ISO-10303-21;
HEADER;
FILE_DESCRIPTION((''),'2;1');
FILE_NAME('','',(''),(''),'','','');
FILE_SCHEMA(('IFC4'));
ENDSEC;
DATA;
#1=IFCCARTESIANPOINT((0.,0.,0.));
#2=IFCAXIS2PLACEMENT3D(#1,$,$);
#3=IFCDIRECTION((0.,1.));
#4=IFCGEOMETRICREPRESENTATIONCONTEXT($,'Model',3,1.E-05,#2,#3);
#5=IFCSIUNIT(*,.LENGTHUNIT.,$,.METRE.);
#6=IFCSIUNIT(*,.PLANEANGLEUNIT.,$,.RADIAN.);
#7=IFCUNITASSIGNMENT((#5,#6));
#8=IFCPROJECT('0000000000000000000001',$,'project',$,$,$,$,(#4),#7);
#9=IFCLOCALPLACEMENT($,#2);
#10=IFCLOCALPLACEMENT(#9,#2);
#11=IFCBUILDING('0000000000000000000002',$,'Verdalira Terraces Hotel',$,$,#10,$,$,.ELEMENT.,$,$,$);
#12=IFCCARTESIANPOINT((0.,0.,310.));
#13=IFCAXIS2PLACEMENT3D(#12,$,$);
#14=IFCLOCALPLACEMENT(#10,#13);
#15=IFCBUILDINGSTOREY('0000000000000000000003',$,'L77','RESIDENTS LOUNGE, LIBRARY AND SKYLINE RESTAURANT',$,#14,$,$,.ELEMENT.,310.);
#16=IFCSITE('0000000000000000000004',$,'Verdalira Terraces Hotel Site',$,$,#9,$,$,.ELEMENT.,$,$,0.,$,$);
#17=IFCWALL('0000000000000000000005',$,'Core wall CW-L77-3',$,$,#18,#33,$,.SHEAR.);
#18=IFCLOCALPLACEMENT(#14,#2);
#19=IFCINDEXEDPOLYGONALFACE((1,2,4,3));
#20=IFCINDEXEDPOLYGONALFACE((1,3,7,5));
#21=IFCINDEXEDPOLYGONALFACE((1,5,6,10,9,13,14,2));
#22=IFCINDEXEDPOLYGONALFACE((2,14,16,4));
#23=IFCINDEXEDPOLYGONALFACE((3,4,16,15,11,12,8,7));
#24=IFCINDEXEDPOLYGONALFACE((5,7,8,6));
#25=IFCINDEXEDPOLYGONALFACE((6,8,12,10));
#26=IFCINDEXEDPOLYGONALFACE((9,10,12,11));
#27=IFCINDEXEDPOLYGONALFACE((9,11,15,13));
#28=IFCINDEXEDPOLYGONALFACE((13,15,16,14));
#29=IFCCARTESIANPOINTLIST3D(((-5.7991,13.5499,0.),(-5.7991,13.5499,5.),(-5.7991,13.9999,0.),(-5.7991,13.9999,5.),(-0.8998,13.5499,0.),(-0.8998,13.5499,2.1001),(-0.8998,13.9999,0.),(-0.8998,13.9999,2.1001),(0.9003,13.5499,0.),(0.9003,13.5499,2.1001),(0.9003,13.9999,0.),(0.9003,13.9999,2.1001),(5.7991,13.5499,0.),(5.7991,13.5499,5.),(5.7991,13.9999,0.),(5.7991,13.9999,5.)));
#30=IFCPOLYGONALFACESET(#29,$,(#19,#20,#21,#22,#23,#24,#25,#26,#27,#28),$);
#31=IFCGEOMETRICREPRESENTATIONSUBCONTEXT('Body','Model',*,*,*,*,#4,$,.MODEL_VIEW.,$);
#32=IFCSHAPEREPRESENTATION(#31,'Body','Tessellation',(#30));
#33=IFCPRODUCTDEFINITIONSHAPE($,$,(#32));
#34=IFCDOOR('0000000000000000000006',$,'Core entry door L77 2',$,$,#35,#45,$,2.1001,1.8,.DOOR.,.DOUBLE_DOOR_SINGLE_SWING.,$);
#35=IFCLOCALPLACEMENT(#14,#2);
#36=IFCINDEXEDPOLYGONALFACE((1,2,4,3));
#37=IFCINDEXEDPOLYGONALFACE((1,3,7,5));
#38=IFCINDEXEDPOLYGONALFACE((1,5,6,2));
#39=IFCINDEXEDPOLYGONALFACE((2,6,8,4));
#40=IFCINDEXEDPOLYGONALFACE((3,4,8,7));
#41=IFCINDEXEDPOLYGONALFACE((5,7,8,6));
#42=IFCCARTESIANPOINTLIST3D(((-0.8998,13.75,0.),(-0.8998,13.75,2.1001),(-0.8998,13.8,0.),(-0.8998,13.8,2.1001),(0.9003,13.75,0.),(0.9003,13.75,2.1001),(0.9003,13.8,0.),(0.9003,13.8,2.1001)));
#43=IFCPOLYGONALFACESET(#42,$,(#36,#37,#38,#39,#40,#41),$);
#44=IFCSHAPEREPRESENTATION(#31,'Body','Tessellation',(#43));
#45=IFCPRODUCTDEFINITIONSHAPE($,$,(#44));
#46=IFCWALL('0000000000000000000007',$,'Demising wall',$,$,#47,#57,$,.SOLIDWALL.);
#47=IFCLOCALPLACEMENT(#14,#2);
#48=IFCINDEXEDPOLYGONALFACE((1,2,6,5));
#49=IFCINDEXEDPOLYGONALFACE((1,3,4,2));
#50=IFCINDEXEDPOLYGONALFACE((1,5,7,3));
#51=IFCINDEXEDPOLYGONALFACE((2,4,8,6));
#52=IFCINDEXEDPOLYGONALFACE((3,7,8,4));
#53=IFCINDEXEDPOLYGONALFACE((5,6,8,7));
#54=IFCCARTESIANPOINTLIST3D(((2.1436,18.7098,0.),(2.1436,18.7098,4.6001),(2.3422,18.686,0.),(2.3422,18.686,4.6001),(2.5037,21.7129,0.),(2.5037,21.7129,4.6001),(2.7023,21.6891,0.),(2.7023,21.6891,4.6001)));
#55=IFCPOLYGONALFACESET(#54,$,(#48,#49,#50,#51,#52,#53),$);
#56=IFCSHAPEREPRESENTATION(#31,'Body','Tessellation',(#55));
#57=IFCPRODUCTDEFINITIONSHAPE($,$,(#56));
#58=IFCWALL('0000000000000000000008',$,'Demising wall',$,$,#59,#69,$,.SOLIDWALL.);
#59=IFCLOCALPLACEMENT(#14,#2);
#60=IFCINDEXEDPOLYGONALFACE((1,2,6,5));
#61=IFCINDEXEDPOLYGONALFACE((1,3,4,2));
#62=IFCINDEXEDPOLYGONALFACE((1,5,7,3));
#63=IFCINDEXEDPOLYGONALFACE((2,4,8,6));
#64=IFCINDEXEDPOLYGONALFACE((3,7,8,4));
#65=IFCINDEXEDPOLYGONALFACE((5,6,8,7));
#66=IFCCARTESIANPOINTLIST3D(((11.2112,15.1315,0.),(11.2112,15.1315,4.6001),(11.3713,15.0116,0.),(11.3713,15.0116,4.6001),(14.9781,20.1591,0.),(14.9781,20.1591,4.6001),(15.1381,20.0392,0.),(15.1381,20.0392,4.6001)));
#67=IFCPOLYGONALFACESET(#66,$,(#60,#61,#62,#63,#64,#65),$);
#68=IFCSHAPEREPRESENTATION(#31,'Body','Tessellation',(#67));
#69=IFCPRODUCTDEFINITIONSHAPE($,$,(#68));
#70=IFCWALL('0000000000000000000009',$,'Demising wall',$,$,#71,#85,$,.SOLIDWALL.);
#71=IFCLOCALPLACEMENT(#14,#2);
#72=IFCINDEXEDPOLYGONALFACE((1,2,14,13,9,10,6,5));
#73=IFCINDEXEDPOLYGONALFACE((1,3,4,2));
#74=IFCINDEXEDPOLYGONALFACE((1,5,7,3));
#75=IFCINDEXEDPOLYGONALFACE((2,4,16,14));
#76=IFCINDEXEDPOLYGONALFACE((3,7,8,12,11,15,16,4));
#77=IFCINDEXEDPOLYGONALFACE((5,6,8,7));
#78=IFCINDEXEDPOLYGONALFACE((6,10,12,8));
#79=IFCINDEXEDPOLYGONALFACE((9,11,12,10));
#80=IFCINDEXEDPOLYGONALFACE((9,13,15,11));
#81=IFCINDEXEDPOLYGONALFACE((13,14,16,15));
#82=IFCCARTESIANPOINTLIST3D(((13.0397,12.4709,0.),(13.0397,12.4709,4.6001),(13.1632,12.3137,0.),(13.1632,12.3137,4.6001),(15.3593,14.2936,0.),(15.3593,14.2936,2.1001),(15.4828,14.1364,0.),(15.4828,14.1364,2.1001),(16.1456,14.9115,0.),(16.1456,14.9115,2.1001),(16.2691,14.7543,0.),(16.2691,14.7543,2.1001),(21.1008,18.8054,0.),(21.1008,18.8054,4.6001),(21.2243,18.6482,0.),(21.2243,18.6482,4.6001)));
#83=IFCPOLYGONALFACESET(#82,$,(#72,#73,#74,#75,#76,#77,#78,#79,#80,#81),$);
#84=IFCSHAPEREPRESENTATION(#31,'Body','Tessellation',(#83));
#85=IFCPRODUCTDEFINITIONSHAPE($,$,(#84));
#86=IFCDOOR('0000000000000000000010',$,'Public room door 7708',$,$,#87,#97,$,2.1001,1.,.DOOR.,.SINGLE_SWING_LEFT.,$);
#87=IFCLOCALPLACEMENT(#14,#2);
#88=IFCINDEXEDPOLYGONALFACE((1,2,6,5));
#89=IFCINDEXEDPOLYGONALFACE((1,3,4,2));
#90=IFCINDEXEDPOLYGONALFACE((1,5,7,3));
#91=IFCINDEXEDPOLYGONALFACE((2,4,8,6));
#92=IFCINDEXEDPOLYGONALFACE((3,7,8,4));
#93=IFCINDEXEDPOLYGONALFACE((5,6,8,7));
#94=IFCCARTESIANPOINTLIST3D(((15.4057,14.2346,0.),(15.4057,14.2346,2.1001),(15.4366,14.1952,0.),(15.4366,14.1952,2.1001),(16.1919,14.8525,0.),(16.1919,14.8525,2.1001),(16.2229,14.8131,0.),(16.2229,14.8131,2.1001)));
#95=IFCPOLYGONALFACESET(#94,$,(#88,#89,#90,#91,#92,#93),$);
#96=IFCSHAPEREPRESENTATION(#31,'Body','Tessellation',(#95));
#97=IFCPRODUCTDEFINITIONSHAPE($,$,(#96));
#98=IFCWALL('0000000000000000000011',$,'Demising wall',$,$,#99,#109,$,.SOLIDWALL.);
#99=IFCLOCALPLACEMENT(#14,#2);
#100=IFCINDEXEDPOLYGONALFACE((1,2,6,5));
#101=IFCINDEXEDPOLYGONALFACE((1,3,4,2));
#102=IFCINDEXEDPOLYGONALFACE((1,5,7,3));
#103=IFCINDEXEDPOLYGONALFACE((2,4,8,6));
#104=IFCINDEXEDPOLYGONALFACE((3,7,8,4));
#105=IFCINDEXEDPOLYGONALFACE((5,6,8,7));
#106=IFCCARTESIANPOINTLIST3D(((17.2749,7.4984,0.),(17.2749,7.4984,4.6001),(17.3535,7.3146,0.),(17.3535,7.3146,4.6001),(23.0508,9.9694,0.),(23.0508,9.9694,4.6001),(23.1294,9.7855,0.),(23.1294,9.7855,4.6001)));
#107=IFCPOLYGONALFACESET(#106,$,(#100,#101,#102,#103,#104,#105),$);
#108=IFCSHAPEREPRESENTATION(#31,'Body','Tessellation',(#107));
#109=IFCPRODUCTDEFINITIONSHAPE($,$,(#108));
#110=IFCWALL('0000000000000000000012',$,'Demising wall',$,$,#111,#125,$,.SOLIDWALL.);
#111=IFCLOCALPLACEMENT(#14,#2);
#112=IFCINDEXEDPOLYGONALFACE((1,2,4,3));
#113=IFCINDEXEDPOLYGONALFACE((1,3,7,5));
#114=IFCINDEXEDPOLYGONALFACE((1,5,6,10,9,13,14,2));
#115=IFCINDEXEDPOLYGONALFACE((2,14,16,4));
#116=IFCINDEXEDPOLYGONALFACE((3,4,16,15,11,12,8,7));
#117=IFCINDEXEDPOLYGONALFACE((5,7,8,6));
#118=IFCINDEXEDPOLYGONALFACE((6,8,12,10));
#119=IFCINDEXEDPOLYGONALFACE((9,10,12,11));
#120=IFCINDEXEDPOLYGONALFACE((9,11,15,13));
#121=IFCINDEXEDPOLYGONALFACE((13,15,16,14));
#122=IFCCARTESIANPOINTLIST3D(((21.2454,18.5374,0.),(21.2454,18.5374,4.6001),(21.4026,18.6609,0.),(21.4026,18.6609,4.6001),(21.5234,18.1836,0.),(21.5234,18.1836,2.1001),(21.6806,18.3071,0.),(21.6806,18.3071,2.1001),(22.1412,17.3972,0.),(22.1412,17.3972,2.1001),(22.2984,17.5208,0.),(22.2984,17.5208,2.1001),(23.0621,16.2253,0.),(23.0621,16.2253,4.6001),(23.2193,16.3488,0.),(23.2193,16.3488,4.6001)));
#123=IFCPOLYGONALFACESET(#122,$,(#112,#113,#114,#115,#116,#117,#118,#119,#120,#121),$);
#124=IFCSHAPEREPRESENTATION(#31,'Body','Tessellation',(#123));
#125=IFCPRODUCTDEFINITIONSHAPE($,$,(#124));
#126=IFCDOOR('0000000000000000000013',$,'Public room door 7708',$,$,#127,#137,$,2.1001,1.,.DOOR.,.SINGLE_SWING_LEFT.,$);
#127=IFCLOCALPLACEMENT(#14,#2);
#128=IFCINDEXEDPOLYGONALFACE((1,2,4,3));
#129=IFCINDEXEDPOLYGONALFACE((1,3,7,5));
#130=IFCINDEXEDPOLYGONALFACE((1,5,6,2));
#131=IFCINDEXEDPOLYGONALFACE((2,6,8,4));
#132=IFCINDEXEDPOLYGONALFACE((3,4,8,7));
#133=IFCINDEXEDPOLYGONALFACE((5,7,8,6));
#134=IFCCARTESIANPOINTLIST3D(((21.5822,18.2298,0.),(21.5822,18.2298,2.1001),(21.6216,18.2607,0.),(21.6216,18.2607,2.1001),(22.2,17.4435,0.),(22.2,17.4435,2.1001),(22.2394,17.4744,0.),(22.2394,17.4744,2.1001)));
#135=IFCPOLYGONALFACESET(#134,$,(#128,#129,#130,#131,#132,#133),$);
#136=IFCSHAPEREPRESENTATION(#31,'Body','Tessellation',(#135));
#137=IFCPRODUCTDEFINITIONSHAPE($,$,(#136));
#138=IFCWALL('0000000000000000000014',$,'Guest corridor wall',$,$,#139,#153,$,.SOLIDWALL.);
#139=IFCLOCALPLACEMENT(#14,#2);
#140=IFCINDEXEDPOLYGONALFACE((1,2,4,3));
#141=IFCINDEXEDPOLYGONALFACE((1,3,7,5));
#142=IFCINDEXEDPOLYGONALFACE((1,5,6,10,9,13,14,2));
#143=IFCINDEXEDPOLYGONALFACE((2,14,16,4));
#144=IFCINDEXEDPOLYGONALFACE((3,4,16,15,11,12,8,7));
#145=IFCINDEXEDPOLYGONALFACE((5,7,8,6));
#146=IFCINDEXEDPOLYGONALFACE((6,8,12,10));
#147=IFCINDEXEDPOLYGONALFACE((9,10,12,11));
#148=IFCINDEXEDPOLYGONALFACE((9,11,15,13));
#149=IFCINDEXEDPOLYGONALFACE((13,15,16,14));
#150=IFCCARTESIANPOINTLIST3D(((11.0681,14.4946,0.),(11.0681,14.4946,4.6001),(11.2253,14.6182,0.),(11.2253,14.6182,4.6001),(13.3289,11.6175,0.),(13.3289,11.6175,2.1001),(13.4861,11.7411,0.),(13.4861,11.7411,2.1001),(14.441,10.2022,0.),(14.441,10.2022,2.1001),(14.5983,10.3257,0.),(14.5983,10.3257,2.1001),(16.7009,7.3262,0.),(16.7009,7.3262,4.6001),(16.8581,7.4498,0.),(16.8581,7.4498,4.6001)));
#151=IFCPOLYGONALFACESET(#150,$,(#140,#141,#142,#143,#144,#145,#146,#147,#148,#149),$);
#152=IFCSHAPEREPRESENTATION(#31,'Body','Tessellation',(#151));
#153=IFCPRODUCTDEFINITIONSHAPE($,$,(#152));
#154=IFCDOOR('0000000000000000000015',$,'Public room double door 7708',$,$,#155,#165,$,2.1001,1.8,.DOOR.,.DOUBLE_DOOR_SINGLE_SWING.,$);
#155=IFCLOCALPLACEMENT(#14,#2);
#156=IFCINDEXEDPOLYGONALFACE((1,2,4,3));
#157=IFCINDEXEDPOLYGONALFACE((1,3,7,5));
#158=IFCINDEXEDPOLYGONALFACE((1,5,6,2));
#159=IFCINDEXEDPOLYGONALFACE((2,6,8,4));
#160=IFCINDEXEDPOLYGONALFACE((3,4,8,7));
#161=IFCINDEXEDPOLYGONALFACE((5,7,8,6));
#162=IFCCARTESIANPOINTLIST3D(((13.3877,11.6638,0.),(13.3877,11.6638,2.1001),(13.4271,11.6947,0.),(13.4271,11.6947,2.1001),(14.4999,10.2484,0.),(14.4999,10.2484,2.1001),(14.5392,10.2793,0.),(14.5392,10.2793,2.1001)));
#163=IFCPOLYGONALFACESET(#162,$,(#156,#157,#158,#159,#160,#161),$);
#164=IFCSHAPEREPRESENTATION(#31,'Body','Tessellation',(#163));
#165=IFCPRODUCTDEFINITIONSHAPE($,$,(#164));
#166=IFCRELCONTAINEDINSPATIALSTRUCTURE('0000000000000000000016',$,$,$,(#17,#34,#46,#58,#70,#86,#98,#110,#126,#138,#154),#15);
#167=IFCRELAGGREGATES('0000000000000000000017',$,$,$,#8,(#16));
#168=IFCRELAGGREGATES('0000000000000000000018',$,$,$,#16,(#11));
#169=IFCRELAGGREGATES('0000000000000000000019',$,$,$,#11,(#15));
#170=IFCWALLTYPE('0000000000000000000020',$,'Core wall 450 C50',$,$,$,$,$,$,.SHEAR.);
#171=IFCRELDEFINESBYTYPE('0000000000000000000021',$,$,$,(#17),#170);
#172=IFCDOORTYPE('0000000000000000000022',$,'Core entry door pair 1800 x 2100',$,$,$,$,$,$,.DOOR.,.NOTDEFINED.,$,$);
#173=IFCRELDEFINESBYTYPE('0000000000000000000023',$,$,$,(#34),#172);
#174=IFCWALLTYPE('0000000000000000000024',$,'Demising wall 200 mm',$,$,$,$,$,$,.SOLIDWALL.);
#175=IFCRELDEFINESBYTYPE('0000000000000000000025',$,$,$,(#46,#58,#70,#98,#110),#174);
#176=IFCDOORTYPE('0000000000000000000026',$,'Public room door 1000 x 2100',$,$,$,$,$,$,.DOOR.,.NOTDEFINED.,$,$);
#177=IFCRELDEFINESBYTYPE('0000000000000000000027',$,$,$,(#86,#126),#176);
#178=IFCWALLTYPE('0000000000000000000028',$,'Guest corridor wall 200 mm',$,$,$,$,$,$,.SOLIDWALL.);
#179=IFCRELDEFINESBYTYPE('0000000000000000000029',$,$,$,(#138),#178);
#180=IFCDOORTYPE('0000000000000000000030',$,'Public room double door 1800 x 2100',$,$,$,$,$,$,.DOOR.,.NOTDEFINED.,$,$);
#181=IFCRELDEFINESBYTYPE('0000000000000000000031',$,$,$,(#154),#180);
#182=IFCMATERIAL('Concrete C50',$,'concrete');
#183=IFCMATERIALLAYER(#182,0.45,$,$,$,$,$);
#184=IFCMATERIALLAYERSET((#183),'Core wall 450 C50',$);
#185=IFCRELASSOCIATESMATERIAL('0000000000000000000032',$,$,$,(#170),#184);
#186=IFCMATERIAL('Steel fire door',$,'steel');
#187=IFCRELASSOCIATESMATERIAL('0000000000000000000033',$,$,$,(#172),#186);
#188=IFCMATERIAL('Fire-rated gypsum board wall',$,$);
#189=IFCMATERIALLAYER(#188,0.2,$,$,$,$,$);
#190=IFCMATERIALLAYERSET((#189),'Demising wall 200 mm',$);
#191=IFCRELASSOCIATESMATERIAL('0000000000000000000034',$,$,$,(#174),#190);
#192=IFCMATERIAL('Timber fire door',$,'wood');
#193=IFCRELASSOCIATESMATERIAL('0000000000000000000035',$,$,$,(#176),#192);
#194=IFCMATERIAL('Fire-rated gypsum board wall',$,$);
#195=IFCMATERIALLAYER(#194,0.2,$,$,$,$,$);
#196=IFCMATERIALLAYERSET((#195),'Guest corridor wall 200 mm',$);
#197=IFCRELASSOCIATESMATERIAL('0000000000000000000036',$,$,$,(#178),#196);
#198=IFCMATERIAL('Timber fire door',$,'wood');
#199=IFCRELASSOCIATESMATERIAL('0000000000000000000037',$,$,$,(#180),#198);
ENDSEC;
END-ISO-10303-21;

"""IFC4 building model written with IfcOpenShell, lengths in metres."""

from ifc_helpers import new_model, si_unit, direction, frame, frame_2d, origin, place, context, subcontext, project, spatial, rectangle, extrude, material, layer, layer_set, type_object, element, fill, save


model = new_model("IFC4")

# Units and contexts
model_context = context("Model", 3, precision=1e-05, world=origin(), true_north=direction((0.0, 1.0)))
body_context = subcontext(model_context, "Body", "Model", "MODEL_VIEW")
ifc_project = project(units=[si_unit("LENGTHUNIT", "METRE"), si_unit("PLANEANGLEUNIT", "RADIAN")], contexts=[model_context])

# Site, building, storey
site_placement = place(None, origin())
site = spatial("IfcSite", under=ifc_project, at=site_placement, Name="Verdalira Terraces Hotel Site", CompositionType="ELEMENT", RefElevation=0.0)
building_placement = place(site_placement, origin())
building = spatial("IfcBuilding", under=site, at=building_placement, Name="Verdalira Terraces Hotel", CompositionType="ELEMENT")
storey_placement = place(building_placement, frame((0.0, 0.0, 310.0)))
storey = spatial("IfcBuildingStorey", under=building, at=storey_placement, Name="L77", Description="RESIDENTS LOUNGE, LIBRARY AND SKYLINE RESTAURANT", CompositionType="ELEMENT", Elevation=310.0)

# Wall, opening, door
ifc_material_1 = material(Name="Concrete C50", Category="concrete")
ifc_layer_1 = layer(ifc_material_1, 0.45)
ifc_layer_set_1 = layer_set([ifc_layer_1], Name="Core wall 450 C50")
wall_type_1 = type_object("IfcWallType", Name="Core wall 450 C50", PredefinedType="SHEAR", material=ifc_layer_set_1)
wall_1_placement = place(storey_placement, frame((5.7991, 13.7749, 0.0), z_axis=(0.0, 0.0, 1.0), x_axis=(-1.0, 0.0, 0.0)))
wall_1 = element("IfcWall", 1, at=wall_1_placement, inside=storey, type_object=wall_type_1, Name="Core wall CW-L77-3", PredefinedType="SHEAR", context=body_context, shape_type="SweptSolid", body=[
    extrude(rectangle(XDim=11.5981, YDim=0.45, at=frame_2d((5.7991, 0.0))), origin(), (0.0, 0.0, 1.0), 5.0),
])
opening_1_placement = place(wall_1_placement, frame((4.8989, 0.0, 0.0)))
opening_1 = element("IfcOpeningElement", 2, at=opening_1_placement, cuts=wall_1, PredefinedType="OPENING", context=body_context, shape_type="SweptSolid", body=[
    extrude(rectangle(XDim=1.8, YDim=2.1001, at=frame_2d((0.8999, 1.05))), frame((0.0, 0.2349, 0.0), z_axis=(0.0, -1.0, 0.0), x_axis=(1.0, 0.0, 0.0)), (0.0, 0.0, 1.0), 0.47),
])
ifc_material_2 = material(Name="Steel fire door", Category="steel")
door_type_1 = type_object("IfcDoorType", Name="Core entry door pair 1800 x 2100", OperationType="NOTDEFINED", PredefinedType="DOOR", material=ifc_material_2)
door_1_placement = place(opening_1_placement, origin())
door_1 = element("IfcDoor", 3, at=door_1_placement, inside=storey, type_object=door_type_1, Name="Core entry door L77 2", OperationType="DOUBLE_DOOR_SINGLE_SWING", OverallHeight=2.1001, OverallWidth=1.8, PredefinedType="DOOR", context=body_context, shape_type="SweptSolid", body=[
    extrude(rectangle(XDim=1.8, YDim=2.1001, at=frame_2d((0.8999, 1.05))), frame((0.0, 0.0249, 0.0), z_axis=(0.0, -1.0, 0.0), x_axis=(1.0, 0.0, 0.0)), (0.0, 0.0, 1.0), 0.05),
])
fill(opening_1, door_1)

# Walls
ifc_material_3 = material(Name="Fire-rated gypsum board wall")
ifc_layer_2 = layer(ifc_material_3, 0.2)
ifc_layer_set_2 = layer_set([ifc_layer_2], Name="Demising wall 200 mm")
wall_type_2 = type_object("IfcWallType", Name="Demising wall 200 mm", PredefinedType="SOLIDWALL", material=ifc_layer_set_2)
wall_2_placement = place(storey_placement, frame((2.2429, 18.698, 0.0), z_axis=(0.0, 0.0, 1.0), x_axis=(0.119056, 0.992888, 0.0)))
element("IfcWall", 4, at=wall_2_placement, inside=storey, type_object=wall_type_2, Name="Demising wall", PredefinedType="SOLIDWALL", context=body_context, shape_type="SweptSolid", body=[
    extrude(rectangle(XDim=3.0247, YDim=0.2, at=frame_2d((1.5122, 0.0))), origin(), (0.0, 0.0, 1.0), 4.6001),
])
wall_3_placement = place(storey_placement, frame((11.2913, 15.0715, 0.0), z_axis=(0.0, 0.0, 1.0), x_axis=(0.599608, 0.800294, 0.0)))
element("IfcWall", 5, at=wall_3_placement, inside=storey, type_object=wall_type_2, Name="Demising wall", PredefinedType="SOLIDWALL", context=body_context, shape_type="SweptSolid", body=[
    extrude(rectangle(XDim=6.2822, YDim=0.2, at=frame_2d((3.1411, 0.0))), origin(), (0.0, 0.0, 1.0), 4.6001),
])

# Wall, opening, door
wall_4_placement = place(storey_placement, frame((13.1016, 12.3923, 0.0), z_axis=(0.0, 0.0, 1.0), x_axis=(0.78628, 0.61787, 0.0)))
wall_4 = element("IfcWall", 6, at=wall_4_placement, inside=storey, type_object=wall_type_2, Name="Demising wall", PredefinedType="SOLIDWALL", context=body_context, shape_type="SweptSolid", body=[
    extrude(rectangle(XDim=10.2522, YDim=0.2, at=frame_2d((5.126, 0.0))), origin(), (0.0, 0.0, 1.0), 4.6001),
])
opening_2_placement = place(wall_4_placement, frame((2.95, 0.0, 0.0)))
opening_2 = element("IfcOpeningElement", 7, at=opening_2_placement, cuts=wall_4, PredefinedType="OPENING", context=body_context, shape_type="SweptSolid", body=[
    extrude(rectangle(XDim=1.0, YDim=2.1001, at=frame_2d((0.5, 1.05))), frame((0.0, 0.1099, 0.0), z_axis=(0.0, -1.0, 0.0), x_axis=(1.0, 0.0, 0.0)), (0.0, 0.0, 1.0), 0.22),
])
ifc_material_4 = material(Name="Timber fire door", Category="wood")
door_type_2 = type_object("IfcDoorType", Name="Public room door 1000 x 2100", OperationType="NOTDEFINED", PredefinedType="DOOR", material=ifc_material_4)
door_2_placement = place(opening_2_placement, origin())
door_2 = element("IfcDoor", 8, at=door_2_placement, inside=storey, type_object=door_type_2, Name="Public room door 7708", OperationType="SINGLE_SWING_LEFT", OverallHeight=2.1001, OverallWidth=1.0, PredefinedType="DOOR", context=body_context, shape_type="SweptSolid", body=[
    extrude(rectangle(XDim=1.0, YDim=2.1001, at=frame_2d((0.5, 1.05))), frame((0.0, 0.0249, 0.0), z_axis=(0.0, -1.0, 0.0), x_axis=(1.0, 0.0, 0.0)), (0.0, 0.0, 1.0), 0.05),
])
fill(opening_2, door_2)

# Wall
wall_5_placement = place(storey_placement, frame((23.0901, 9.8774, 0.0), z_axis=(0.0, 0.0, 1.0), x_axis=(-0.9194, -0.393324, 0.0)))
element("IfcWall", 9, at=wall_5_placement, inside=storey, type_object=wall_type_2, Name="Demising wall", PredefinedType="SOLIDWALL", context=body_context, shape_type="SweptSolid", body=[
    extrude(rectangle(XDim=6.2822, YDim=0.2, at=frame_2d((3.1411, 0.0))), origin(), (0.0, 0.0, 1.0), 4.6001),
])

# Walls, openings, doors
wall_6_placement = place(storey_placement, frame((21.324, 18.5991, 0.0), z_axis=(0.0, 0.0, 1.0), x_axis=(0.617836, -0.786307, 0.0)))
wall_6 = element("IfcWall", 10, at=wall_6_placement, inside=storey, type_object=wall_type_2, Name="Demising wall", PredefinedType="SOLIDWALL", context=body_context, shape_type="SweptSolid", body=[
    extrude(rectangle(XDim=2.9404, YDim=0.2, at=frame_2d((1.4702, 0.0))), origin(), (0.0, 0.0, 1.0), 4.6001),
])
opening_3_placement = place(wall_6_placement, frame((0.45, 0.0, 0.0)))
opening_3 = element("IfcOpeningElement", 11, at=opening_3_placement, cuts=wall_6, PredefinedType="OPENING", context=body_context, shape_type="SweptSolid", body=[
    extrude(rectangle(XDim=1.0, YDim=2.1001, at=frame_2d((0.5, 1.05))), frame((0.0, 0.1099, 0.0), z_axis=(0.0, -1.0, 0.0), x_axis=(1.0, 0.0, 0.0)), (0.0, 0.0, 1.0), 0.22),
])
door_3_placement = place(opening_3_placement, origin())
door_3 = element("IfcDoor", 12, at=door_3_placement, inside=storey, type_object=door_type_2, Name="Public room door 7708", OperationType="SINGLE_SWING_LEFT", OverallHeight=2.1001, OverallWidth=1.0, PredefinedType="DOOR", context=body_context, shape_type="SweptSolid", body=[
    extrude(rectangle(XDim=1.0, YDim=2.1001, at=frame_2d((0.5, 1.05))), frame((0.0, 0.0249, 0.0), z_axis=(0.0, -1.0, 0.0), x_axis=(1.0, 0.0, 0.0)), (0.0, 0.0, 1.0), 0.05),
])
fill(opening_3, door_3)
ifc_material_5 = material(Name="Fire-rated gypsum board wall")
ifc_layer_3 = layer(ifc_material_5, 0.2)
ifc_layer_set_3 = layer_set([ifc_layer_3], Name="Guest corridor wall 200 mm")
wall_type_3 = type_object("IfcWallType", Name="Guest corridor wall 200 mm", PredefinedType="SOLIDWALL", material=ifc_layer_set_3)
wall_7_placement = place(storey_placement, frame((11.1467, 14.5564, 0.0), z_axis=(0.0, 0.0, 1.0), x_axis=(0.617852, -0.786294, 0.0)))
wall_7 = element("IfcWall", 13, at=wall_7_placement, inside=storey, type_object=wall_type_3, Name="Guest corridor wall", PredefinedType="SOLIDWALL", context=body_context, shape_type="SweptSolid", body=[
    extrude(rectangle(XDim=9.1167, YDim=0.2, at=frame_2d((4.5583, 0.0))), origin(), (0.0, 0.0, 1.0), 4.6001),
])
opening_4_placement = place(wall_7_placement, frame((3.6592, 0.0, 0.0)))
opening_4 = element("IfcOpeningElement", 14, at=opening_4_placement, cuts=wall_7, PredefinedType="OPENING", context=body_context, shape_type="SweptSolid", body=[
    extrude(rectangle(XDim=1.8, YDim=2.1001, at=frame_2d((0.8999, 1.05))), frame((0.0, 0.1099, 0.0), z_axis=(0.0, -1.0, 0.0), x_axis=(1.0, 0.0, 0.0)), (0.0, 0.0, 1.0), 0.22),
])
ifc_material_6 = material(Name="Timber fire door", Category="wood")
door_type_3 = type_object("IfcDoorType", Name="Public room double door 1800 x 2100", OperationType="NOTDEFINED", PredefinedType="DOOR", material=ifc_material_6)
door_4_placement = place(opening_4_placement, origin())
door_4 = element("IfcDoor", 15, at=door_4_placement, inside=storey, type_object=door_type_3, Name="Public room double door 7708", OperationType="DOUBLE_DOOR_SINGLE_SWING", OverallHeight=2.1001, OverallWidth=1.8, PredefinedType="DOOR", context=body_context, shape_type="SweptSolid", body=[
    extrude(rectangle(XDim=1.8, YDim=2.1001, at=frame_2d((0.8999, 1.05))), frame((0.0, 0.0249, 0.0), z_axis=(0.0, -1.0, 0.0), x_axis=(1.0, 0.0, 0.0)), (0.0, 0.0, 1.0), 0.05),
])
fill(opening_4, door_4)

save(model, "model.ifc")
